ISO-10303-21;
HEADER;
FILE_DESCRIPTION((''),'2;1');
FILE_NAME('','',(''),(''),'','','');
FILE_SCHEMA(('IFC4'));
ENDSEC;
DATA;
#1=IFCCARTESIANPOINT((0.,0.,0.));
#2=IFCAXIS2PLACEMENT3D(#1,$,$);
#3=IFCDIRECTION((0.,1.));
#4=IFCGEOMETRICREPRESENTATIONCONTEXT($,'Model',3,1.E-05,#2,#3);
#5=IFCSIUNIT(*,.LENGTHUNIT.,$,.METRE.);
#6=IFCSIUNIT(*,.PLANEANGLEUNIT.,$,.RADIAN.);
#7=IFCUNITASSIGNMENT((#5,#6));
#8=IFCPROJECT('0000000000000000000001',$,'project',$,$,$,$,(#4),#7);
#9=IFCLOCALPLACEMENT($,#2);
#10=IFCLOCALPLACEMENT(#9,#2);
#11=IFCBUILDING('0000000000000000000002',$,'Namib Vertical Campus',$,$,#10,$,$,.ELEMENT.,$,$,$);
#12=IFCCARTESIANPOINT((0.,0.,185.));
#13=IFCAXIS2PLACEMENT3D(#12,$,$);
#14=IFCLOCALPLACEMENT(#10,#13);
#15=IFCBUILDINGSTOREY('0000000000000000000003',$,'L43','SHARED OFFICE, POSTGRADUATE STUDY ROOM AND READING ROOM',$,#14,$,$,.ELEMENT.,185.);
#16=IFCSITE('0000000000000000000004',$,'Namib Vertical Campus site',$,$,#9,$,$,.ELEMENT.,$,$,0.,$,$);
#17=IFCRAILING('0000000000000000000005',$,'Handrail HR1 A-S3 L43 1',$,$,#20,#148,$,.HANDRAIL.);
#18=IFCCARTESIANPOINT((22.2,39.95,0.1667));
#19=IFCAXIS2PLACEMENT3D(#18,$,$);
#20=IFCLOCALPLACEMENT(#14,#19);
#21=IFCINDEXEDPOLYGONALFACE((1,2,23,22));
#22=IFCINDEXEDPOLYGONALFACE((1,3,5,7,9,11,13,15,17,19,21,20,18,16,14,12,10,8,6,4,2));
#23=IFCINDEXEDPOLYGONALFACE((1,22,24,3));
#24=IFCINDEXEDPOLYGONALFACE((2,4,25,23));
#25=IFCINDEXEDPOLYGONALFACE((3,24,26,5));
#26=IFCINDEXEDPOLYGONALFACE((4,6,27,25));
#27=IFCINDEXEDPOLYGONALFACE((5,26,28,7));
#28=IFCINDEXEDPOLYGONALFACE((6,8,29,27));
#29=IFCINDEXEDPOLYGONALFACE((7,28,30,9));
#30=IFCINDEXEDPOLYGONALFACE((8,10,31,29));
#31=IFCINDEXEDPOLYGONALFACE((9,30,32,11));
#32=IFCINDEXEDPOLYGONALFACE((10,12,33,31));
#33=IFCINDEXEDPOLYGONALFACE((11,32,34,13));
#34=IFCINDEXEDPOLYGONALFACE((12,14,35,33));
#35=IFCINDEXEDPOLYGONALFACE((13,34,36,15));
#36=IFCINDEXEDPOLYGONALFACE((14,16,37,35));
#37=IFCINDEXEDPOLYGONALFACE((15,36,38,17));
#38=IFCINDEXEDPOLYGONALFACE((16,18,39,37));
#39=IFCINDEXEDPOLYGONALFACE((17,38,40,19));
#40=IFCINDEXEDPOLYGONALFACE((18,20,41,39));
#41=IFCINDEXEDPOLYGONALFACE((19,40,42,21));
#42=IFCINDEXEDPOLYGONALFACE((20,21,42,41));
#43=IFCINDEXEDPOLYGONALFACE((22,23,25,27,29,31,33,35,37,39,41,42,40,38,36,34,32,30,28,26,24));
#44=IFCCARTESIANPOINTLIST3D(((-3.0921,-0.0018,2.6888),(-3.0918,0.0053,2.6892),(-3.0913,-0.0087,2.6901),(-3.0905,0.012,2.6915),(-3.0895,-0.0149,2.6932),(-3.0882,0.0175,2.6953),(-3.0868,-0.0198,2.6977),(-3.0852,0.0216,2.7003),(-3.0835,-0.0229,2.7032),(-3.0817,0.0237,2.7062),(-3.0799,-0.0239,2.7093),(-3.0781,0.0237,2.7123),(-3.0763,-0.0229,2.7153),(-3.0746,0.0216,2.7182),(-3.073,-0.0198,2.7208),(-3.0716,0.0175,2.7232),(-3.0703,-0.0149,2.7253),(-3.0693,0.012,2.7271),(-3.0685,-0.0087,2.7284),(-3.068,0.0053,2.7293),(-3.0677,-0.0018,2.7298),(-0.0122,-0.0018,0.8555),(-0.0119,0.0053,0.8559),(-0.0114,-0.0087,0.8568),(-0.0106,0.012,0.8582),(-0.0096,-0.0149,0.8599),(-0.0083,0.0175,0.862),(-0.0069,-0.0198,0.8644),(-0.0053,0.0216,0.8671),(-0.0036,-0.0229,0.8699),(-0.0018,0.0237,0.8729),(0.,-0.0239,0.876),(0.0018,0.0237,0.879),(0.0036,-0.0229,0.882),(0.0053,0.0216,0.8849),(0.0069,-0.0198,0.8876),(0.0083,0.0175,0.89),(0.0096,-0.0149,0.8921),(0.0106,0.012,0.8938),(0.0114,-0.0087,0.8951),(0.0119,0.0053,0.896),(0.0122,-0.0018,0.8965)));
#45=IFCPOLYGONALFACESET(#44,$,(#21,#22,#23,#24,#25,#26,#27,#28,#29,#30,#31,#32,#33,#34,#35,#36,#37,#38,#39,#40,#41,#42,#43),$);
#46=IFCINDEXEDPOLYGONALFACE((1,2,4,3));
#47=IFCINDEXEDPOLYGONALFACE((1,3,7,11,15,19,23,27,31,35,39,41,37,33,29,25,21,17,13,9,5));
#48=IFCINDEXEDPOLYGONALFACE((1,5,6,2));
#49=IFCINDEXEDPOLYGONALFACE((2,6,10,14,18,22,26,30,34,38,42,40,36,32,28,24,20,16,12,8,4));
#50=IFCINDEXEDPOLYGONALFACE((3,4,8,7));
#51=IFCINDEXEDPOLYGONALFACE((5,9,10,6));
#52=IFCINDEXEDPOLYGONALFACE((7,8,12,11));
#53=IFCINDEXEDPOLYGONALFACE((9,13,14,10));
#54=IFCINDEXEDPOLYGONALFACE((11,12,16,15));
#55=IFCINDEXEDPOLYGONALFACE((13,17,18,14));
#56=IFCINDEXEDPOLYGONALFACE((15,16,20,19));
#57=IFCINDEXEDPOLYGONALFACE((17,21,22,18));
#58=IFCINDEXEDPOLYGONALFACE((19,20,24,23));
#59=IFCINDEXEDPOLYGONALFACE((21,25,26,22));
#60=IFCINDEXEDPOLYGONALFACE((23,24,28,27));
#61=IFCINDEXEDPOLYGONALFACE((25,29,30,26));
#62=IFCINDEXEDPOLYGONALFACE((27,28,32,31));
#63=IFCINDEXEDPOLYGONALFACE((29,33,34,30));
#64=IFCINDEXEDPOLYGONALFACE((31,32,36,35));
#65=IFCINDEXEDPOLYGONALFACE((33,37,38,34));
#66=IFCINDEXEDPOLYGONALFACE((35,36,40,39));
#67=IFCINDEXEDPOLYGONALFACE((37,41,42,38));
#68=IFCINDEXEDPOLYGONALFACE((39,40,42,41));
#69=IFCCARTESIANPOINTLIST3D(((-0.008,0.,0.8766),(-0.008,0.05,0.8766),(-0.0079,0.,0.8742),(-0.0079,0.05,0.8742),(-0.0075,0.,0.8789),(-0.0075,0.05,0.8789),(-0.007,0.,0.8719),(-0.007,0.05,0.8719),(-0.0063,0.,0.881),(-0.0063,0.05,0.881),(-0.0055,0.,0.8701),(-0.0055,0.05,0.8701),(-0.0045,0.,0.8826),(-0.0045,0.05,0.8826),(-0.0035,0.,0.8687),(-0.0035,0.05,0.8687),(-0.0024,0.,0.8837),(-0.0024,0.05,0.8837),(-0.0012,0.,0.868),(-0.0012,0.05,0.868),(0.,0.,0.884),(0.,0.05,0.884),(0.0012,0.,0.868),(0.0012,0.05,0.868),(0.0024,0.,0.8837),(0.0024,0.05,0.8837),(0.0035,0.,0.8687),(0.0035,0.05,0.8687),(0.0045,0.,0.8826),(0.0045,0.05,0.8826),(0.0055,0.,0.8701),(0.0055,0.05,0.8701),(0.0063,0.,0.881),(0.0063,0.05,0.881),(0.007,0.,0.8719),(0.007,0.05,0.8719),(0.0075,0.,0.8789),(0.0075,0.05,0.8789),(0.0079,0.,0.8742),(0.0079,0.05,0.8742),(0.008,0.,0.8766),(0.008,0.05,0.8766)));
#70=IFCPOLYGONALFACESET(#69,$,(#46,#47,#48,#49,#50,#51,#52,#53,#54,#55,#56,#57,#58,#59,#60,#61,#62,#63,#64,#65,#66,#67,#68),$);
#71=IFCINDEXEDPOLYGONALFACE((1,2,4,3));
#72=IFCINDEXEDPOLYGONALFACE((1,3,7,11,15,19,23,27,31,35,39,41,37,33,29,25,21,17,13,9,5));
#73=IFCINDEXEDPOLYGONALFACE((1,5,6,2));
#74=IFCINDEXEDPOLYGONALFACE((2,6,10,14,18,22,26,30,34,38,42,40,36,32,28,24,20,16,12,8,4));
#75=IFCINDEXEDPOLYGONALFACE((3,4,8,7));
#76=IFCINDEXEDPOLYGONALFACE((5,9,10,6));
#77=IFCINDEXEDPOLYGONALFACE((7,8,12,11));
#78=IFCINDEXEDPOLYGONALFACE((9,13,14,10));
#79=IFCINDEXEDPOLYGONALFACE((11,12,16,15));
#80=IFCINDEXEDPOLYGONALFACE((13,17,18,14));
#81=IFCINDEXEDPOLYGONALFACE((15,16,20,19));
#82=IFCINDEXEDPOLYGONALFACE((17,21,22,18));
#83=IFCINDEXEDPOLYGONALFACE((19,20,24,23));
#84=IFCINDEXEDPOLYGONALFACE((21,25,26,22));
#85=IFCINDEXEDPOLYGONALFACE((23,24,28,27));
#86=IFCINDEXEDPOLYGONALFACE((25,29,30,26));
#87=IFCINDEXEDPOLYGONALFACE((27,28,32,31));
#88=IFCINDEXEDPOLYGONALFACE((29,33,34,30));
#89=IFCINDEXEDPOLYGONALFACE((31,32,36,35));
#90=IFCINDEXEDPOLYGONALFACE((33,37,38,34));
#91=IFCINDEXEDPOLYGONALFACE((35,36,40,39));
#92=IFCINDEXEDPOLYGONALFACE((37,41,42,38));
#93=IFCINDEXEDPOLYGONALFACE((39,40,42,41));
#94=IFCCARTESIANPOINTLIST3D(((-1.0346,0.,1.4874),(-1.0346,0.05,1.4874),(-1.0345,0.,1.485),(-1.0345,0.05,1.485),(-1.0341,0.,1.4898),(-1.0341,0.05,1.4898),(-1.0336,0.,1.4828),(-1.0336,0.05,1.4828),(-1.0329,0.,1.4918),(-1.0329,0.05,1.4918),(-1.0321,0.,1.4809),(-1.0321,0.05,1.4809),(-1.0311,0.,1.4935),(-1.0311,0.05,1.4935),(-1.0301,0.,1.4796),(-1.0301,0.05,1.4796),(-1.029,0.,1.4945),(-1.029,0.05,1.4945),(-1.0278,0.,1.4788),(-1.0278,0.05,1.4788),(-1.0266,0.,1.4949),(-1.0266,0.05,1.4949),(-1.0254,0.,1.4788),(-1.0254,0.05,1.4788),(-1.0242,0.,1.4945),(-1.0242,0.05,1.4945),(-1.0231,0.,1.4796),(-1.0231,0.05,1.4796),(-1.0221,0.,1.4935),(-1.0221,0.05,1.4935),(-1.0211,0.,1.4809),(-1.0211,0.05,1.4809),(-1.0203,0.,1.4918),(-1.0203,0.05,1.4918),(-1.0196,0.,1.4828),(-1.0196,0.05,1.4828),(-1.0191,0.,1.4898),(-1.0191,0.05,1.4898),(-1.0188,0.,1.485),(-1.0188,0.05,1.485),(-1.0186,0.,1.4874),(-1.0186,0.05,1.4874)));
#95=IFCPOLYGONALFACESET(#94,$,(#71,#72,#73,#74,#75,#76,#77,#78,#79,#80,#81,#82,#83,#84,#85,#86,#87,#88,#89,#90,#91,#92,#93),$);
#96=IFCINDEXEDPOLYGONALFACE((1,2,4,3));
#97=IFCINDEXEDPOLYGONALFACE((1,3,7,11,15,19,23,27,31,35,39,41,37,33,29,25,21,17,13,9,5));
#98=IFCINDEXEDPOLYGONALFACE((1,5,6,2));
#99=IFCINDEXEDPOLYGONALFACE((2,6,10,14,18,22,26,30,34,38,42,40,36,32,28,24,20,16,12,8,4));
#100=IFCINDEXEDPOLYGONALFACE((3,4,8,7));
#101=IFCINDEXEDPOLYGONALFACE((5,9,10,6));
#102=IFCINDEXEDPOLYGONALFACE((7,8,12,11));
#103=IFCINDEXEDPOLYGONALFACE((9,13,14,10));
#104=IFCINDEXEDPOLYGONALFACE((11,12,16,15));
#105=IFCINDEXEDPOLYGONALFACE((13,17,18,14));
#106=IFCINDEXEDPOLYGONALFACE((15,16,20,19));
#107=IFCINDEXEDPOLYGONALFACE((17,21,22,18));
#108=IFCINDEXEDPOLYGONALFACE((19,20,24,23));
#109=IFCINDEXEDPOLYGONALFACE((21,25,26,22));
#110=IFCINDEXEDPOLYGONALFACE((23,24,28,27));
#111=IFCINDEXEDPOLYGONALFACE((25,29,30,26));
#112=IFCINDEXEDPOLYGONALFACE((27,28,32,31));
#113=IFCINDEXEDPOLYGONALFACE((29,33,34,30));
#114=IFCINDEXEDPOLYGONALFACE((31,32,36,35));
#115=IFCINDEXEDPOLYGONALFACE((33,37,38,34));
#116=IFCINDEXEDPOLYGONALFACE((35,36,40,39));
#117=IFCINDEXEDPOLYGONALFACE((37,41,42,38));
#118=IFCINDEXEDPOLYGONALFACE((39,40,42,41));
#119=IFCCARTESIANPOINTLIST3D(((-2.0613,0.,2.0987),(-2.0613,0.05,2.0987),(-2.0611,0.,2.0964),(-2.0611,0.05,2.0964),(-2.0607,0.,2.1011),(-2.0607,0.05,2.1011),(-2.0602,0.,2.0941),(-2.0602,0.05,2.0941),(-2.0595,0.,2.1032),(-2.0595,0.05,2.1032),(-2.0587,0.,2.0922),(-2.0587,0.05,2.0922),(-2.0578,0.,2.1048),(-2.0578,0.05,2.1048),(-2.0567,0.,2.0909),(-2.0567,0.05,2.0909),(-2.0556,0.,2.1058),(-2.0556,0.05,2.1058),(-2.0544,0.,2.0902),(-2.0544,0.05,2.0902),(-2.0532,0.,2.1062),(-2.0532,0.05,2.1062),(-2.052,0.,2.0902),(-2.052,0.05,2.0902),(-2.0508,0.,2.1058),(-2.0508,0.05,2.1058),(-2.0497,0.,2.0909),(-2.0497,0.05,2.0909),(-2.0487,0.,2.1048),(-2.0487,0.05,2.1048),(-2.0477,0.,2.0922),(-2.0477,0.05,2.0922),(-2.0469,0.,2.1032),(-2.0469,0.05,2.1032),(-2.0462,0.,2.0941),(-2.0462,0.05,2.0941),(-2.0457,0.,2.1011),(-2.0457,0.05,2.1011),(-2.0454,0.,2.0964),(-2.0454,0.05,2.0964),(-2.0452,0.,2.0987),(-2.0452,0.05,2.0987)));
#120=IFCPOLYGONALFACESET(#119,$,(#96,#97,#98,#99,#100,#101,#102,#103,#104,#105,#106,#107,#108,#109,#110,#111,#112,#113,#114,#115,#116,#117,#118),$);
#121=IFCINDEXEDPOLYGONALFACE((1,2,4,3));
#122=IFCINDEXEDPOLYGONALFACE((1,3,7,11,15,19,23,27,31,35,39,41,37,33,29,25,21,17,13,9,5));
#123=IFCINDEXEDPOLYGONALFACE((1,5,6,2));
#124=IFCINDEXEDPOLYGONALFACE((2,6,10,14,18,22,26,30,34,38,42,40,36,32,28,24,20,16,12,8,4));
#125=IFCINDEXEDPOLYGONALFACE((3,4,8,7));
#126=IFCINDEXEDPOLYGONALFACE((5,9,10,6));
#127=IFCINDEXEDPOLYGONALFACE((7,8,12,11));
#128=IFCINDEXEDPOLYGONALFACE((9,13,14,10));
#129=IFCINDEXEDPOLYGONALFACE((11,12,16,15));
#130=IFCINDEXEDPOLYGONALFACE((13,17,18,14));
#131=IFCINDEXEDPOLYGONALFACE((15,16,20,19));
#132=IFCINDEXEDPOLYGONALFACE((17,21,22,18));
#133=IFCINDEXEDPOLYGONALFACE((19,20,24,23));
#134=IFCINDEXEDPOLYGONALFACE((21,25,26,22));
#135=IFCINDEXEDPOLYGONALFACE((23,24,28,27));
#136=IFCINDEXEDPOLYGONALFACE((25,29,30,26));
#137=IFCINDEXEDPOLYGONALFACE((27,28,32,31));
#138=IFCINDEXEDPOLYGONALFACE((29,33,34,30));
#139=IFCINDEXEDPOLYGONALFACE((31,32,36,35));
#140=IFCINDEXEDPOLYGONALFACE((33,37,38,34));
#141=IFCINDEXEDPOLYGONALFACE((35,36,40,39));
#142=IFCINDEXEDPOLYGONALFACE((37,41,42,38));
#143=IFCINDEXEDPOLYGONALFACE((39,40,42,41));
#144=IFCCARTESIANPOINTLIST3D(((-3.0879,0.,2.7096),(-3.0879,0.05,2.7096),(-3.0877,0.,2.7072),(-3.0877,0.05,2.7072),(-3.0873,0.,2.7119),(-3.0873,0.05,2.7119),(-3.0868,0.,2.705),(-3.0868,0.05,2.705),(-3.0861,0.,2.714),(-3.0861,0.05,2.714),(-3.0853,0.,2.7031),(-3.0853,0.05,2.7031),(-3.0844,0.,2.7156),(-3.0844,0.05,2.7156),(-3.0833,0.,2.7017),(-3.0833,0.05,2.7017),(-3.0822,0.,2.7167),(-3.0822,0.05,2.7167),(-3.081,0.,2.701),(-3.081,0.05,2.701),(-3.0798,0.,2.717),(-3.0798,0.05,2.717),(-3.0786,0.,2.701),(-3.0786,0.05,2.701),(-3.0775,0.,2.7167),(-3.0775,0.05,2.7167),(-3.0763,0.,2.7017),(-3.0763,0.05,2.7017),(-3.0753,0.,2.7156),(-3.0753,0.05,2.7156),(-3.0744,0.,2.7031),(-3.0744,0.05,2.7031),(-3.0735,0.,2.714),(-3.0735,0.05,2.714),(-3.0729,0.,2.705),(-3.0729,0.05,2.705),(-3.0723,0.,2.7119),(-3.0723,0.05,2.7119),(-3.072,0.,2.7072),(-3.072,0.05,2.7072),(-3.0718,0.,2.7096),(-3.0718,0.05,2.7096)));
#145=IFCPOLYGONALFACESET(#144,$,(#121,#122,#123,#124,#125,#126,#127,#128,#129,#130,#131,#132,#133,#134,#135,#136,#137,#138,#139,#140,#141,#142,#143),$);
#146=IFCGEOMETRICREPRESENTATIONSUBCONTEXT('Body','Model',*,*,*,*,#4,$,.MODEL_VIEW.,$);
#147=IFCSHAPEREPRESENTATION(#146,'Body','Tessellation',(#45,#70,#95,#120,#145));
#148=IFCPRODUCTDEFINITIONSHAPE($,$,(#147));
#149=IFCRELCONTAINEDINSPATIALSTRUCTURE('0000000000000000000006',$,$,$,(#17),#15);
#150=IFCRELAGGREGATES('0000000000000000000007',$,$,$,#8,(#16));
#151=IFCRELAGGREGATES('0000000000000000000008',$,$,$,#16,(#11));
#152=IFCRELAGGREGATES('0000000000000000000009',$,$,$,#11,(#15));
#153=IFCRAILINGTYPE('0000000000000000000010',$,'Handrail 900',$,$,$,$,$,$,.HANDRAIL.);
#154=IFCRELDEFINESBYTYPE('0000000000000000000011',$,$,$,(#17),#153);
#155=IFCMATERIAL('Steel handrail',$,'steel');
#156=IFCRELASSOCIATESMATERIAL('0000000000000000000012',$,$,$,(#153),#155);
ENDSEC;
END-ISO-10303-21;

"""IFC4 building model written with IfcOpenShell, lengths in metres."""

from ifc_helpers import new_model, si_unit, direction, frame, origin, origin_2d, place, context, subcontext, project, spatial, circle, extrude, material, type_object, element, save


model = new_model("IFC4")

# Units and contexts
model_context = context("Model", 3, precision=1e-05, world=origin(), true_north=direction((0.0, 1.0)))
body_context = subcontext(model_context, "Body", "Model", "MODEL_VIEW")
ifc_project = project(units=[si_unit("LENGTHUNIT", "METRE"), si_unit("PLANEANGLEUNIT", "RADIAN")], contexts=[model_context])

# Site, building, storey
site_placement = place(None, origin())
site = spatial("IfcSite", under=ifc_project, at=site_placement, Name="Namib Vertical Campus site", CompositionType="ELEMENT", RefElevation=0.0)
building_placement = place(site_placement, origin())
building = spatial("IfcBuilding", under=site, at=building_placement, Name="Namib Vertical Campus", CompositionType="ELEMENT")
storey_placement = place(building_placement, frame((0.0, 0.0, 185.0)))
storey = spatial("IfcBuildingStorey", under=building, at=storey_placement, Name="L43", Description="SHARED OFFICE, POSTGRADUATE STUDY ROOM AND READING ROOM", CompositionType="ELEMENT", Elevation=185.0)

# Railing
ifc_material_1 = material(Name="Steel handrail", Category="steel")
railing_type_1 = type_object("IfcRailingType", Name="Handrail 900", PredefinedType="HANDRAIL", material=ifc_material_1)
railing_1_placement = place(storey_placement, frame((22.2, 39.95, 0.1667)))
element("IfcRailing", 1, at=railing_1_placement, inside=storey, type_object=railing_type_1, Name="Handrail HR1 A-S3 L43 1", PredefinedType="HANDRAIL", context=body_context, shape_type="SweptSolid", body=[
    extrude(circle(Radius=0.0239, at=origin_2d()), frame((0.0, 0.0, 0.876), z_axis=(-0.859291, 0.0, 0.511487), x_axis=(0.0, -1.0, 0.0)), (0.0, 0.0, 1.0), 3.5842),
    extrude(circle(Radius=0.0081, at=origin_2d()), frame((0.0, 0.0, 0.876), z_axis=(0.0, 1.0, 0.0), x_axis=(0.0, 0.0, 1.0)), (0.0, 0.0, 1.0), 0.05),
    extrude(circle(Radius=0.0081, at=origin_2d()), frame((-1.0266, 0.0, 1.4868), z_axis=(0.0, 1.0, 0.0), x_axis=(0.0, 0.0, 1.0)), (0.0, 0.0, 1.0), 0.05),
    extrude(circle(Radius=0.0081, at=origin_2d()), frame((-2.0532, 0.0, 2.0981), z_axis=(0.0, 1.0, 0.0), x_axis=(0.0, 0.0, 1.0)), (0.0, 0.0, 1.0), 0.05),
    extrude(circle(Radius=0.0081, at=origin_2d()), frame((-3.0798, 0.0, 2.709), z_axis=(0.0, 1.0, 0.0), x_axis=(0.0, 0.0, 1.0)), (0.0, 0.0, 1.0), 0.05),
])

save(model, "model.ifc")
